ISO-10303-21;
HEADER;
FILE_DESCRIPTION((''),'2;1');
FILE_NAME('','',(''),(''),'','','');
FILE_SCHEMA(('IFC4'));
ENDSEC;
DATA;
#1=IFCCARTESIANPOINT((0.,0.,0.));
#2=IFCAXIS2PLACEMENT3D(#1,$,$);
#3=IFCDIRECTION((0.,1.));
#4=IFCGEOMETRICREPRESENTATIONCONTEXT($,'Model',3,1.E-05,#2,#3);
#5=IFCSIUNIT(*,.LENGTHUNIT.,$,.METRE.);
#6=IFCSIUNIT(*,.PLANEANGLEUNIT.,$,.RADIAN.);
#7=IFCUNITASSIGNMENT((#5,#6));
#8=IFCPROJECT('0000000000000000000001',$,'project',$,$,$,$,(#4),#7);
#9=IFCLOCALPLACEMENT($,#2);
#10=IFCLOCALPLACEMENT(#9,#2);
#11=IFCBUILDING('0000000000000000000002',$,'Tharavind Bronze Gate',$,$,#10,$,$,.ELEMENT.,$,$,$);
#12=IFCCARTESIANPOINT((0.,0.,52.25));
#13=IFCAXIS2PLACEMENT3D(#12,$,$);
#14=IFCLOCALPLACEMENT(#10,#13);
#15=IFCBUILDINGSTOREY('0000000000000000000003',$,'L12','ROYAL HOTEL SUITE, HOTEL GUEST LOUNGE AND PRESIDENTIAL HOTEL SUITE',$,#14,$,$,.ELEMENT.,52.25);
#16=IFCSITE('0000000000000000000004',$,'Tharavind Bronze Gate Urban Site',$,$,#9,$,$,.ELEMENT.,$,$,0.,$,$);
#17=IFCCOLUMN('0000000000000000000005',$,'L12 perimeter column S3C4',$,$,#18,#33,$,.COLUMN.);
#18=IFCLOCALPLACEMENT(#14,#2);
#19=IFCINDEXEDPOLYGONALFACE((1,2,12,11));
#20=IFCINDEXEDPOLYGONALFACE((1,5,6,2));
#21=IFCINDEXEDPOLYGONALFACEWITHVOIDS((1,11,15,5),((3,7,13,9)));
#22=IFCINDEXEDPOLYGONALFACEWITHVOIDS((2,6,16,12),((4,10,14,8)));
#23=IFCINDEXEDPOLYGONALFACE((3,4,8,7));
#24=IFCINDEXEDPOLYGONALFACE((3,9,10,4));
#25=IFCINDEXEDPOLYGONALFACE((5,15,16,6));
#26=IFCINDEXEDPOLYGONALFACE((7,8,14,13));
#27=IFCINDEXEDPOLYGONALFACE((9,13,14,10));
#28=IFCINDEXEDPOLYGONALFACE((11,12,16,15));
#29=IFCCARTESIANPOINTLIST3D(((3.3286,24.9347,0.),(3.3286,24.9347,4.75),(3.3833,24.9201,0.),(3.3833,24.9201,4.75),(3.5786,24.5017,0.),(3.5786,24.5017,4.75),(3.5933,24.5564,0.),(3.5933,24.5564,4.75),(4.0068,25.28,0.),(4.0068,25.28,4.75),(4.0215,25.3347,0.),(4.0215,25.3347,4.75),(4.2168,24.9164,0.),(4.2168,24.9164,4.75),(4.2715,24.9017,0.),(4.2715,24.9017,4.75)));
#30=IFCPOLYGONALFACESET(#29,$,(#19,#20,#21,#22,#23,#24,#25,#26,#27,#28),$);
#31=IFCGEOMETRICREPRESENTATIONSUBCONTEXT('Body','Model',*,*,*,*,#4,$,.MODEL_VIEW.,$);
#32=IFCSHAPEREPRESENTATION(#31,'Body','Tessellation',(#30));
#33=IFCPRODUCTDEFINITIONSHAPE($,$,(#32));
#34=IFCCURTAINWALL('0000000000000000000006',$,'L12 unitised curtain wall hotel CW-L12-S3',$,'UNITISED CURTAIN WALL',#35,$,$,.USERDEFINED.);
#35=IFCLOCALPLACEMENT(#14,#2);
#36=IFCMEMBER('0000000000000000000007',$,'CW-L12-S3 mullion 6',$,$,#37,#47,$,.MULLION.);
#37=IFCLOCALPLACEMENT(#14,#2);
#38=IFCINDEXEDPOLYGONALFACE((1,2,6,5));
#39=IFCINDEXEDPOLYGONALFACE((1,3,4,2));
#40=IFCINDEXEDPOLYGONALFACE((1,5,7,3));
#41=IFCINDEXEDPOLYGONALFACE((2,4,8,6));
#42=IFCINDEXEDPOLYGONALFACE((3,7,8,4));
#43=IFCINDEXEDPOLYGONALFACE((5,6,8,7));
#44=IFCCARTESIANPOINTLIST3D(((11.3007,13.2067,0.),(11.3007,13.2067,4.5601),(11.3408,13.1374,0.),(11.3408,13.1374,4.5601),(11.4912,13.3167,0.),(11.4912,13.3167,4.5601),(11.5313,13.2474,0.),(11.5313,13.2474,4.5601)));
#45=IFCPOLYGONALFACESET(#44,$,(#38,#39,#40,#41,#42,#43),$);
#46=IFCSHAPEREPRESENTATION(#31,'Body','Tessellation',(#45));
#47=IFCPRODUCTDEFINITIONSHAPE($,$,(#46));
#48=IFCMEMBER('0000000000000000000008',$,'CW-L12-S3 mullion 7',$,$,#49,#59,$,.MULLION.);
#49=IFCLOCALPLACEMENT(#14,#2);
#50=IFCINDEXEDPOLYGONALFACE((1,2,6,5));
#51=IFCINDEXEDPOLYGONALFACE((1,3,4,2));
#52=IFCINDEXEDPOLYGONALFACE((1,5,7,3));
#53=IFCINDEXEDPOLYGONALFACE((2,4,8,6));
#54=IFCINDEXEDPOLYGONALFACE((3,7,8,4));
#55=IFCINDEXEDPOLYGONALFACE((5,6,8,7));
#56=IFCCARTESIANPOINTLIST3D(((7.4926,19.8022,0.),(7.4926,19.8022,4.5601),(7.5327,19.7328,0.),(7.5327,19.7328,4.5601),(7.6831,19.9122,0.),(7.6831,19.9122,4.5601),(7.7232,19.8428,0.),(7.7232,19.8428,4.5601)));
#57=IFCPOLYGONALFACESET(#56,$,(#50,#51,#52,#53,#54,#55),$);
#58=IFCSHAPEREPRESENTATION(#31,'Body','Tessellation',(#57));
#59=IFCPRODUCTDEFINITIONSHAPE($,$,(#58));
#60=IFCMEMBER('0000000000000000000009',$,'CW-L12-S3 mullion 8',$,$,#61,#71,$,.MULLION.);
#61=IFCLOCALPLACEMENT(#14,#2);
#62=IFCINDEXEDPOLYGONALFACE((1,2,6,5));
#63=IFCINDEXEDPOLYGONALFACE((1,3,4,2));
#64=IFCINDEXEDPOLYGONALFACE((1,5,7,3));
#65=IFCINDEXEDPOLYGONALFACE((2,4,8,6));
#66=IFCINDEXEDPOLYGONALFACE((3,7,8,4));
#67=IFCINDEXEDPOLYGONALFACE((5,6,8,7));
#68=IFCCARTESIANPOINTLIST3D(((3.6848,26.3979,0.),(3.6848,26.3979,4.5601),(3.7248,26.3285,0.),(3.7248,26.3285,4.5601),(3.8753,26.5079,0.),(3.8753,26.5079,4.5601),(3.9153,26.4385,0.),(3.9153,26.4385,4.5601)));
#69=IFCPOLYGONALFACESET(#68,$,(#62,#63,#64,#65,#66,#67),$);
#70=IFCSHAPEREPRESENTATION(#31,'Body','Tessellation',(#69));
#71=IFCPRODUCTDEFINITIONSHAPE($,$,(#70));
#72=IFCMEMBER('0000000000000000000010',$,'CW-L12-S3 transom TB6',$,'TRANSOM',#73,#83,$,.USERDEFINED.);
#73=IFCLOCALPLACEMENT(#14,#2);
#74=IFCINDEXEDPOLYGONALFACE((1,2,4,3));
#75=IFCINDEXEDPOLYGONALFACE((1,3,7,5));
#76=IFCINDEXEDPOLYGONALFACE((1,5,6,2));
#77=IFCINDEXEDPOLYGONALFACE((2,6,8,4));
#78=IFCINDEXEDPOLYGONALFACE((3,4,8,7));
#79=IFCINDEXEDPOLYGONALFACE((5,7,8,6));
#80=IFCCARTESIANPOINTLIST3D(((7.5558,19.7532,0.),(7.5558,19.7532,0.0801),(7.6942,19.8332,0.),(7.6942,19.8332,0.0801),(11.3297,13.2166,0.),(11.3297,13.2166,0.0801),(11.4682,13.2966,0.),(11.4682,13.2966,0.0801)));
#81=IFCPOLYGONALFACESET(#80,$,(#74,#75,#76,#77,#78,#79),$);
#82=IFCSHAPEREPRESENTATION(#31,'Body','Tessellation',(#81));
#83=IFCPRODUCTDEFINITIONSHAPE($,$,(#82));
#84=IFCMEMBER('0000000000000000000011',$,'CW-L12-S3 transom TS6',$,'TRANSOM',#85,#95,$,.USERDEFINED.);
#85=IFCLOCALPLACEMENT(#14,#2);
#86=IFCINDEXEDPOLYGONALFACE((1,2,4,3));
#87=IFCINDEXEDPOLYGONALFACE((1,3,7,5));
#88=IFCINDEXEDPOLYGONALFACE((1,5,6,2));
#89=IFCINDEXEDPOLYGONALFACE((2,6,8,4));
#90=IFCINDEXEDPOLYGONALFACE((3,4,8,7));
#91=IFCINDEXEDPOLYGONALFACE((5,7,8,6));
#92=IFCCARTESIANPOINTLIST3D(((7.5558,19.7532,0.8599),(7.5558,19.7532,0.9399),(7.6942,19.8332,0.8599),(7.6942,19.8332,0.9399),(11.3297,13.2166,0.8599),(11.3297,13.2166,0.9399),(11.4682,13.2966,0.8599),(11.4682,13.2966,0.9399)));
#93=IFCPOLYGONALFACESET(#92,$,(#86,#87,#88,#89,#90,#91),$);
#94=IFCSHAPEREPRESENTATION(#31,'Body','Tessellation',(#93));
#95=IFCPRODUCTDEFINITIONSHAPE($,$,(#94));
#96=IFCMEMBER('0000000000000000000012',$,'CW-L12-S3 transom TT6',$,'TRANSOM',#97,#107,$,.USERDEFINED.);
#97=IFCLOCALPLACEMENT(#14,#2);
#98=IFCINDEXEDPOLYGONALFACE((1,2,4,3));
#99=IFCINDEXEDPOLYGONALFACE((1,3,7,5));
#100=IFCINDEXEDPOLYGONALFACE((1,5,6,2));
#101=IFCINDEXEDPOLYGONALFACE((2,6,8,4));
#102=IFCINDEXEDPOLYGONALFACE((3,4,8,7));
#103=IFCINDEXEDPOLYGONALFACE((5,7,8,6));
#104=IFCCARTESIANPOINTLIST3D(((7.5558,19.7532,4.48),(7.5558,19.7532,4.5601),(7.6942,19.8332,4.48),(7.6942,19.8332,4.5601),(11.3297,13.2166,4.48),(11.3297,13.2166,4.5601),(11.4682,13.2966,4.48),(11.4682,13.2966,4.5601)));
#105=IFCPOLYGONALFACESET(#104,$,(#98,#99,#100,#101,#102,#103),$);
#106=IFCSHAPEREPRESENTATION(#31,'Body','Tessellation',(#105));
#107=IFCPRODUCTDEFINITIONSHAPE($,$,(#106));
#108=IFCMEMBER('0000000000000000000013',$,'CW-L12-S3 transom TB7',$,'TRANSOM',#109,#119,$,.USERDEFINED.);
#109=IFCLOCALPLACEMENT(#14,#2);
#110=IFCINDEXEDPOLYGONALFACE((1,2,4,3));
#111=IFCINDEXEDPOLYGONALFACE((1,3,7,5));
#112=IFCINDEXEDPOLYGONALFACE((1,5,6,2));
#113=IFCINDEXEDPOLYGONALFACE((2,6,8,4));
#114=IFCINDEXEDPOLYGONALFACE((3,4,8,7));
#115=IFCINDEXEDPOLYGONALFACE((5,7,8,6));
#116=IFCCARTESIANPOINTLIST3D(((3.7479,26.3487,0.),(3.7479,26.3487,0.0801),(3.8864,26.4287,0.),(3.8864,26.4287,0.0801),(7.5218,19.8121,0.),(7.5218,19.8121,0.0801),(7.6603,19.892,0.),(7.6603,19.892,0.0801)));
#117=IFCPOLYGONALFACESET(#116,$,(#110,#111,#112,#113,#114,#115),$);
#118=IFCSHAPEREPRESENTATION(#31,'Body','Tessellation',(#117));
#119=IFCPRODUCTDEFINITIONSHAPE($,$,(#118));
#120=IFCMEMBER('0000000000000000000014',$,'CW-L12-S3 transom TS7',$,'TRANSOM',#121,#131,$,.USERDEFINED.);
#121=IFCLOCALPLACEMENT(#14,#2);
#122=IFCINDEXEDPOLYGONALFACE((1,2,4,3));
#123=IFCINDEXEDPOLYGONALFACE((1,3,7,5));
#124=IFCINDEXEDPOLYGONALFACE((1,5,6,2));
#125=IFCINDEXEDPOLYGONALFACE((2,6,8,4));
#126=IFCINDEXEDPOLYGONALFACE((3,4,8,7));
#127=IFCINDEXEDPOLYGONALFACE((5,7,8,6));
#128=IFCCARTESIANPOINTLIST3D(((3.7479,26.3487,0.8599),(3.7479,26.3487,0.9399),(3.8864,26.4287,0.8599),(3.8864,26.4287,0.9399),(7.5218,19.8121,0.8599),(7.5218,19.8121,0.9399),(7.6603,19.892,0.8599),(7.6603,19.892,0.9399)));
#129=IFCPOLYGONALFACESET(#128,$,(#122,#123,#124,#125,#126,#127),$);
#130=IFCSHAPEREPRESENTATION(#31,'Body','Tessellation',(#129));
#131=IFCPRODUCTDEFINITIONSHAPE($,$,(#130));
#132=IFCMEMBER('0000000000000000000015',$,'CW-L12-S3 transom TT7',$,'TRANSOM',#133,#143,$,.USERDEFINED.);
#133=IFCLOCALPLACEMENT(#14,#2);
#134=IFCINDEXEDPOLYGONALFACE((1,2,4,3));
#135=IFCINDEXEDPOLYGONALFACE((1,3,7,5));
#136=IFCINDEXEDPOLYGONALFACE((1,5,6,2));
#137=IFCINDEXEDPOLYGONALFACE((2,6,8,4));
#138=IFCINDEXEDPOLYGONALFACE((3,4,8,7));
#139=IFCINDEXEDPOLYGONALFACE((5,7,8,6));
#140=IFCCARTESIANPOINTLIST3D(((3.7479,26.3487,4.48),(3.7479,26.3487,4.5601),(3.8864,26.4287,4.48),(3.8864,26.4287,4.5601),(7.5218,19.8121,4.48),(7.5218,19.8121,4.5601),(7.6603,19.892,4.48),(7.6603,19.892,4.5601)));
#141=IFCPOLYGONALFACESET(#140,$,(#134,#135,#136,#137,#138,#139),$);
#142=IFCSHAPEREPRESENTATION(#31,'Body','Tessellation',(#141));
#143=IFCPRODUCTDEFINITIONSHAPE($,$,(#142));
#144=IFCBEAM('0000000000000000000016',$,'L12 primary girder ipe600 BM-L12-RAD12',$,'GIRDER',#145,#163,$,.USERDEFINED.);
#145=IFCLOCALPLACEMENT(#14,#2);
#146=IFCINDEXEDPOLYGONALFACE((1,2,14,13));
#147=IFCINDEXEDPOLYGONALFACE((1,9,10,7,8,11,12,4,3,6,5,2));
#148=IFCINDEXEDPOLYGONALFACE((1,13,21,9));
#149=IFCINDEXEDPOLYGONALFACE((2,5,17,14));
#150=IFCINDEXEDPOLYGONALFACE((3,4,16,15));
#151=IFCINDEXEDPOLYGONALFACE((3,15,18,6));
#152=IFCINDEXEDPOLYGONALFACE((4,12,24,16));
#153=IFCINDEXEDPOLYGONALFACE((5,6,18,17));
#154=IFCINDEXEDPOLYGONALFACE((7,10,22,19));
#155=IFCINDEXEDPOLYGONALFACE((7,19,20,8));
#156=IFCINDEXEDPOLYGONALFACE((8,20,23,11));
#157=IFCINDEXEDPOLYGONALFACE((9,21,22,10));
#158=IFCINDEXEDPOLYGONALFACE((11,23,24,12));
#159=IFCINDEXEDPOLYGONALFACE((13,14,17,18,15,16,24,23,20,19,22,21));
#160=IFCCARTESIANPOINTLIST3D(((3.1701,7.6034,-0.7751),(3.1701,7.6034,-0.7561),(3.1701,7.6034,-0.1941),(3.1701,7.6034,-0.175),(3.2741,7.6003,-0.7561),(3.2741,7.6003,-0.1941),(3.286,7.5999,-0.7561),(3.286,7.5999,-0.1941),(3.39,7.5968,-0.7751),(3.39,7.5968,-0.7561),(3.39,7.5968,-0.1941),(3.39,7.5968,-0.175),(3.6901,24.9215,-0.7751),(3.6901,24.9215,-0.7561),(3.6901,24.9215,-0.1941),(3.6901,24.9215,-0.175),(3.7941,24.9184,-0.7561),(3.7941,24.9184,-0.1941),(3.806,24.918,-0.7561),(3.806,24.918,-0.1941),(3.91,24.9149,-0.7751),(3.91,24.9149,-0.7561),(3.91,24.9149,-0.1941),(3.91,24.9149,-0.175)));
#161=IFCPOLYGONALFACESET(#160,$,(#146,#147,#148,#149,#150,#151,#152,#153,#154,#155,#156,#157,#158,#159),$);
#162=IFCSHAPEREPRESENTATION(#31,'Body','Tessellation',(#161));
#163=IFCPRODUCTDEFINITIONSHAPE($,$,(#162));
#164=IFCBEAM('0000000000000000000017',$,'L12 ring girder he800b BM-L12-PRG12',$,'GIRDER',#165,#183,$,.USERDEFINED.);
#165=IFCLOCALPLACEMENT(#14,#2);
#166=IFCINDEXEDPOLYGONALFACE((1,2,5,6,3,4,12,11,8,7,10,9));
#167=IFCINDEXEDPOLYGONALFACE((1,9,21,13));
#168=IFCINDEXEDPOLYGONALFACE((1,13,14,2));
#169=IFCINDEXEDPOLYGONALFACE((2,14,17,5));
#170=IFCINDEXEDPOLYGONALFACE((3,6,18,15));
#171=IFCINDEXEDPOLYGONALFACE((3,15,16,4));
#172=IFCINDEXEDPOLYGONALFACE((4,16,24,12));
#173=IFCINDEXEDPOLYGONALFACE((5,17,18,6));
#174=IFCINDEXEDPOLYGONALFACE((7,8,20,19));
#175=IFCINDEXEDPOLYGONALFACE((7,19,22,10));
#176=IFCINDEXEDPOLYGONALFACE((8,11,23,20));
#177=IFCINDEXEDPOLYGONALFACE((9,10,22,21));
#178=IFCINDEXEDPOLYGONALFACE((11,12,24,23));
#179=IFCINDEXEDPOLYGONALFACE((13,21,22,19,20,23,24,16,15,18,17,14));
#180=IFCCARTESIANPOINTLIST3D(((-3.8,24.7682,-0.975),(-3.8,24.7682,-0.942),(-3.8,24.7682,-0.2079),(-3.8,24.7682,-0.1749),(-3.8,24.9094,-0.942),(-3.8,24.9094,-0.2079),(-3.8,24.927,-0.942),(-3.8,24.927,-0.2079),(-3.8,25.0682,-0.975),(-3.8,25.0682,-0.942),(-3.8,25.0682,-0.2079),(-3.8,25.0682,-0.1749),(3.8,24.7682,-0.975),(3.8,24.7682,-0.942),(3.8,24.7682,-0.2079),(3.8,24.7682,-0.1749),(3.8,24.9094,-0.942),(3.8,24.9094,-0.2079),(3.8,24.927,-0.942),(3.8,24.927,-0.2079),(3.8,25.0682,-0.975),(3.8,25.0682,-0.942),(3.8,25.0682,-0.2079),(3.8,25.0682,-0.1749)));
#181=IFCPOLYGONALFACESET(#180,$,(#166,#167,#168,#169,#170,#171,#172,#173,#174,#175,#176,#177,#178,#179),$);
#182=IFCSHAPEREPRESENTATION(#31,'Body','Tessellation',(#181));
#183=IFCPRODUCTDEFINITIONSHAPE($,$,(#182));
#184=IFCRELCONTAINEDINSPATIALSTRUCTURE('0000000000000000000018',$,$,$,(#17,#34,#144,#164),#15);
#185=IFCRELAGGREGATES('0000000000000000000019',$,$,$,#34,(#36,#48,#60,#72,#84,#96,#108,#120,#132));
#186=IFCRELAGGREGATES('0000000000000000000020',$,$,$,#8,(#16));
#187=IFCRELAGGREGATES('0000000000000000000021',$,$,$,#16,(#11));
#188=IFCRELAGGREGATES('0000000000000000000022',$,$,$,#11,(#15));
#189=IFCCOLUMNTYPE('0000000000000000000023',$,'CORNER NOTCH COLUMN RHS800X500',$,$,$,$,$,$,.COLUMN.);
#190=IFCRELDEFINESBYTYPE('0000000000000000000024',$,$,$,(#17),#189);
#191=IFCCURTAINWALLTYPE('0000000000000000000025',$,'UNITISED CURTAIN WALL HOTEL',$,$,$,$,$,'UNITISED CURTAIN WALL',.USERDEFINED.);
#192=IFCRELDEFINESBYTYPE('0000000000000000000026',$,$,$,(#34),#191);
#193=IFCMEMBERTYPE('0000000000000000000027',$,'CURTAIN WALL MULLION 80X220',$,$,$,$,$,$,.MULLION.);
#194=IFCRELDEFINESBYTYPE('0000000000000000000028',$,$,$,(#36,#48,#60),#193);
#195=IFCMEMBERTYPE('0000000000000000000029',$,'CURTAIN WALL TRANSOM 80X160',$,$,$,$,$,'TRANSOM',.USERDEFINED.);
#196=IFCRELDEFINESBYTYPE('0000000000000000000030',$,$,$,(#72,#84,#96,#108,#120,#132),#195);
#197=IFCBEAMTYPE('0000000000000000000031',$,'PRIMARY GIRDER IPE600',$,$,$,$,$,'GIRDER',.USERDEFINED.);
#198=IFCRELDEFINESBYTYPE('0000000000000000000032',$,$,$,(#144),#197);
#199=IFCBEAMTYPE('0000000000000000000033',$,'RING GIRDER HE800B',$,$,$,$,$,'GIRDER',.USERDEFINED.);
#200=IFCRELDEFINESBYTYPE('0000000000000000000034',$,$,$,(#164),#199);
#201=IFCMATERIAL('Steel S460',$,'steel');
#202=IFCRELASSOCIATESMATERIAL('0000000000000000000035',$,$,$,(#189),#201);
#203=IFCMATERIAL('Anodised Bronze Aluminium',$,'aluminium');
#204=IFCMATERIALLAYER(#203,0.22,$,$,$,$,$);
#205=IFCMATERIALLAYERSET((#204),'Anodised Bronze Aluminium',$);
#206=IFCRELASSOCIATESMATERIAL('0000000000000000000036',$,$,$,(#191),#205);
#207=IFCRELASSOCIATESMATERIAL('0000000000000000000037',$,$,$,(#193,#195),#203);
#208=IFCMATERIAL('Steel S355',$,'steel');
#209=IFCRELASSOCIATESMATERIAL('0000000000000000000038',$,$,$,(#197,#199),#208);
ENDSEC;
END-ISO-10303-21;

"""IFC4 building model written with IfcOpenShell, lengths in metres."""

from ifc_helpers import new_model, si_unit, direction, frame, origin, origin_2d, place, context, subcontext, project, spatial, rectangle, hollow_rectangle, i_section, extrude, material, layer, layer_set, material_profile, profile_set, type_object, element, aggregate, save


model = new_model("IFC4")

# Units and contexts
model_context = context("Model", 3, precision=1e-05, world=origin(), true_north=direction((0.0, 1.0)))
body_context = subcontext(model_context, "Body", "Model", "MODEL_VIEW")
ifc_project = project(units=[si_unit("LENGTHUNIT", "METRE"), si_unit("PLANEANGLEUNIT", "RADIAN")], contexts=[model_context])

# Site, building, storey
site_placement = place(None, origin())
site = spatial("IfcSite", under=ifc_project, at=site_placement, Name="Tharavind Bronze Gate Urban Site", CompositionType="ELEMENT", RefElevation=0.0)
building_placement = place(site_placement, origin())
building = spatial("IfcBuilding", under=site, at=building_placement, Name="Tharavind Bronze Gate", CompositionType="ELEMENT")
storey_placement = place(building_placement, frame((0.0, 0.0, 52.25)))
storey = spatial("IfcBuildingStorey", under=building, at=storey_placement, Name="L12", Description="ROYAL HOTEL SUITE, HOTEL GUEST LOUNGE AND PRESIDENTIAL HOTEL SUITE", CompositionType="ELEMENT", Elevation=52.25)

# Column
ifc_material_1 = material(Name="Steel S460", Category="steel")
ifc_material_profile_1 = material_profile(ifc_material_1, hollow_rectangle(XDim=0.5, YDim=0.8, WallThickness=0.04, at=origin_2d()), Name="RHS800X500X40")
ifc_profile_set_1 = profile_set([ifc_material_profile_1], Name="Steel S460")
column_type = type_object("IfcColumnType", Name="CORNER NOTCH COLUMN RHS800X500", PredefinedType="COLUMN", material=ifc_profile_set_1)
column_placement = place(storey_placement, frame((3.8, 24.9182, 0.0), z_axis=(0.0, 0.0, 1.0), x_axis=(-0.500002, 0.866025, 0.0)))
element("IfcColumn", 1, at=column_placement, inside=storey, type_object=column_type, Name="L12 perimeter column S3C4", PredefinedType="COLUMN", context=body_context, shape_type="SweptSolid", body=[
    extrude(hollow_rectangle(XDim=0.5, YDim=0.8, WallThickness=0.04, at=origin_2d()), origin(), (0.0, 0.0, 1.0), 4.75),
])

# Curtain wall, members
ifc_material_2 = material(Name="Anodised Bronze Aluminium", Category="aluminium")
ifc_layer_1 = layer(ifc_material_2, 0.22)
ifc_layer_set_1 = layer_set([ifc_layer_1], Name="Anodised Bronze Aluminium")
curtain_wall_type = type_object("IfcCurtainWallType", Name="UNITISED CURTAIN WALL HOTEL", ElementType="UNITISED CURTAIN WALL", PredefinedType="USERDEFINED", material=ifc_layer_set_1)
curtain_wall_placement = place(storey_placement, origin())
curtain_wall = element("IfcCurtainWall", 2, at=curtain_wall_placement, inside=storey, type_object=curtain_wall_type, Name="L12 unitised curtain wall hotel CW-L12-S3", ObjectType="UNITISED CURTAIN WALL", PredefinedType="USERDEFINED")
member_type_1 = type_object("IfcMemberType", Name="CURTAIN WALL MULLION 80X220", PredefinedType="MULLION", material=ifc_material_2)
member_1_placement = place(storey_placement, frame((11.416, 13.2271, 0.0), z_axis=(0.0, 0.0, 1.0), x_axis=(-0.500002, 0.866025, 0.0)))
member_1 = element("IfcMember", 3, at=member_1_placement, type_object=member_type_1, Name="CW-L12-S3 mullion 6", PredefinedType="MULLION", context=body_context, shape_type="SweptSolid", body=[
    extrude(rectangle(XDim=0.0801, YDim=0.22, at=origin_2d()), origin(), (0.0, 0.0, 1.0), 4.5601),
])
member_2_placement = place(storey_placement, frame((7.6079, 19.8225, 0.0), z_axis=(0.0, 0.0, 1.0), x_axis=(-0.500002, 0.866025, 0.0)))
member_2 = element("IfcMember", 4, at=member_2_placement, type_object=member_type_1, Name="CW-L12-S3 mullion 7", PredefinedType="MULLION", context=body_context, shape_type="SweptSolid", body=[
    extrude(rectangle(XDim=0.0801, YDim=0.22, at=origin_2d()), origin(), (0.0, 0.0, 1.0), 4.5601),
])
member_3_placement = place(storey_placement, frame((3.8, 26.4182, 0.0), z_axis=(0.0, 0.0, 1.0), x_axis=(-0.500002, 0.866025, 0.0)))
member_3 = element("IfcMember", 5, at=member_3_placement, type_object=member_type_1, Name="CW-L12-S3 mullion 8", PredefinedType="MULLION", context=body_context, shape_type="SweptSolid", body=[
    extrude(rectangle(XDim=0.0801, YDim=0.22, at=origin_2d()), origin(), (0.0, 0.0, 1.0), 4.5601),
])
member_type_2 = type_object("IfcMemberType", Name="CURTAIN WALL TRANSOM 80X160", ElementType="TRANSOM", PredefinedType="USERDEFINED", material=ifc_material_2)
member_4_placement = place(storey_placement, frame((9.512, 16.5249, 0.0), z_axis=(0.0, 0.0, 1.0), x_axis=(-0.500002, 0.866025, 0.0)))
member_4 = element("IfcMember", 6, at=member_4_placement, type_object=member_type_2, Name="CW-L12-S3 transom TB6", ObjectType="TRANSOM", PredefinedType="USERDEFINED", context=body_context, shape_type="SweptSolid", body=[
    extrude(rectangle(XDim=7.5479, YDim=0.1599, at=origin_2d()), origin(), (0.0, 0.0, 1.0), 0.0801),
])
member_5_placement = place(storey_placement, frame((9.512, 16.5249, 0.8599), z_axis=(0.0, 0.0, 1.0), x_axis=(-0.500002, 0.866025, 0.0)))
member_5 = element("IfcMember", 7, at=member_5_placement, type_object=member_type_2, Name="CW-L12-S3 transom TS6", ObjectType="TRANSOM", PredefinedType="USERDEFINED", context=body_context, shape_type="SweptSolid", body=[
    extrude(rectangle(XDim=7.5479, YDim=0.1599, at=origin_2d()), origin(), (0.0, 0.0, 1.0), 0.0801),
])
member_6_placement = place(storey_placement, frame((9.512, 16.5249, 4.48), z_axis=(0.0, 0.0, 1.0), x_axis=(-0.500002, 0.866025, 0.0)))
member_6 = element("IfcMember", 8, at=member_6_placement, type_object=member_type_2, Name="CW-L12-S3 transom TT6", ObjectType="TRANSOM", PredefinedType="USERDEFINED", context=body_context, shape_type="SweptSolid", body=[
    extrude(rectangle(XDim=7.5479, YDim=0.1599, at=origin_2d()), origin(), (0.0, 0.0, 1.0), 0.0801),
])
member_7_placement = place(storey_placement, frame((5.7041, 23.1204, 0.0), z_axis=(0.0, 0.0, 1.0), x_axis=(-0.500002, 0.866025, 0.0)))
member_7 = element("IfcMember", 9, at=member_7_placement, type_object=member_type_2, Name="CW-L12-S3 transom TB7", ObjectType="TRANSOM", PredefinedType="USERDEFINED", context=body_context, shape_type="SweptSolid", body=[
    extrude(rectangle(XDim=7.5479, YDim=0.1599, at=origin_2d()), origin(), (0.0, 0.0, 1.0), 0.0801),
])
member_8_placement = place(storey_placement, frame((5.7041, 23.1204, 0.8599), z_axis=(0.0, 0.0, 1.0), x_axis=(-0.500002, 0.866025, 0.0)))
member_8 = element("IfcMember", 10, at=member_8_placement, type_object=member_type_2, Name="CW-L12-S3 transom TS7", ObjectType="TRANSOM", PredefinedType="USERDEFINED", context=body_context, shape_type="SweptSolid", body=[
    extrude(rectangle(XDim=7.5479, YDim=0.1599, at=origin_2d()), origin(), (0.0, 0.0, 1.0), 0.0801),
])
member_9_placement = place(storey_placement, frame((5.7041, 23.1204, 4.48), z_axis=(0.0, 0.0, 1.0), x_axis=(-0.500002, 0.866025, 0.0)))
member_9 = element("IfcMember", 11, at=member_9_placement, type_object=member_type_2, Name="CW-L12-S3 transom TT7", ObjectType="TRANSOM", PredefinedType="USERDEFINED", context=body_context, shape_type="SweptSolid", body=[
    extrude(rectangle(XDim=7.5479, YDim=0.1599, at=origin_2d()), origin(), (0.0, 0.0, 1.0), 0.0801),
])

# Beams
ifc_material_3 = material(Name="Steel S355", Category="steel")
ifc_material_profile_2 = material_profile(ifc_material_3, i_section(OverallWidth=0.22, OverallDepth=0.6001, WebThickness=0.012, FlangeThickness=0.019, at=origin_2d()), Name="IPE600")
ifc_profile_set_2 = profile_set([ifc_material_profile_2], Name="Steel S355")
beam_type_1 = type_object("IfcBeamType", Name="PRIMARY GIRDER IPE600", ElementType="GIRDER", PredefinedType="USERDEFINED", material=ifc_profile_set_2)
beam_1_placement = place(storey_placement, frame((3.8, 24.9182, -0.4751), z_axis=(-0.030014, -0.999549, 0.0), x_axis=(0.999549, -0.030014, 0.0)))
element("IfcBeam", 12, at=beam_1_placement, inside=storey, type_object=beam_type_1, Name="L12 primary girder ipe600 BM-L12-RAD12", ObjectType="GIRDER", PredefinedType="USERDEFINED", context=body_context, shape_type="SweptSolid", body=[
    extrude(i_section(OverallWidth=0.22, OverallDepth=0.6001, WebThickness=0.012, FlangeThickness=0.019, at=origin_2d()), origin(), (0.0, 0.0, 1.0), 17.3259),
])
ifc_material_profile_3 = material_profile(ifc_material_3, i_section(OverallWidth=0.3, OverallDepth=0.8, WebThickness=0.0176, FlangeThickness=0.033, at=origin_2d()), Name="HE800B")
ifc_profile_set_3 = profile_set([ifc_material_profile_3], Name="Steel S355")
beam_type_2 = type_object("IfcBeamType", Name="RING GIRDER HE800B", ElementType="GIRDER", PredefinedType="USERDEFINED", material=ifc_profile_set_3)
beam_2_placement = place(storey_placement, frame((3.8, 24.9182, -0.575), z_axis=(-1.0, 0.0, 0.0), x_axis=(0.0, -1.0, 0.0)))
element("IfcBeam", 13, at=beam_2_placement, inside=storey, type_object=beam_type_2, Name="L12 ring girder he800b BM-L12-PRG12", ObjectType="GIRDER", PredefinedType="USERDEFINED", context=body_context, shape_type="SweptSolid", body=[
    extrude(i_section(OverallWidth=0.3, OverallDepth=0.8, WebThickness=0.0176, FlangeThickness=0.033, at=origin_2d()), origin(), (0.0, 0.0, 1.0), 7.6001),
])

aggregate(curtain_wall, [member_1, member_2, member_3, member_4, member_5, member_6, member_7, member_8, member_9])

save(model, "model.ifc")
